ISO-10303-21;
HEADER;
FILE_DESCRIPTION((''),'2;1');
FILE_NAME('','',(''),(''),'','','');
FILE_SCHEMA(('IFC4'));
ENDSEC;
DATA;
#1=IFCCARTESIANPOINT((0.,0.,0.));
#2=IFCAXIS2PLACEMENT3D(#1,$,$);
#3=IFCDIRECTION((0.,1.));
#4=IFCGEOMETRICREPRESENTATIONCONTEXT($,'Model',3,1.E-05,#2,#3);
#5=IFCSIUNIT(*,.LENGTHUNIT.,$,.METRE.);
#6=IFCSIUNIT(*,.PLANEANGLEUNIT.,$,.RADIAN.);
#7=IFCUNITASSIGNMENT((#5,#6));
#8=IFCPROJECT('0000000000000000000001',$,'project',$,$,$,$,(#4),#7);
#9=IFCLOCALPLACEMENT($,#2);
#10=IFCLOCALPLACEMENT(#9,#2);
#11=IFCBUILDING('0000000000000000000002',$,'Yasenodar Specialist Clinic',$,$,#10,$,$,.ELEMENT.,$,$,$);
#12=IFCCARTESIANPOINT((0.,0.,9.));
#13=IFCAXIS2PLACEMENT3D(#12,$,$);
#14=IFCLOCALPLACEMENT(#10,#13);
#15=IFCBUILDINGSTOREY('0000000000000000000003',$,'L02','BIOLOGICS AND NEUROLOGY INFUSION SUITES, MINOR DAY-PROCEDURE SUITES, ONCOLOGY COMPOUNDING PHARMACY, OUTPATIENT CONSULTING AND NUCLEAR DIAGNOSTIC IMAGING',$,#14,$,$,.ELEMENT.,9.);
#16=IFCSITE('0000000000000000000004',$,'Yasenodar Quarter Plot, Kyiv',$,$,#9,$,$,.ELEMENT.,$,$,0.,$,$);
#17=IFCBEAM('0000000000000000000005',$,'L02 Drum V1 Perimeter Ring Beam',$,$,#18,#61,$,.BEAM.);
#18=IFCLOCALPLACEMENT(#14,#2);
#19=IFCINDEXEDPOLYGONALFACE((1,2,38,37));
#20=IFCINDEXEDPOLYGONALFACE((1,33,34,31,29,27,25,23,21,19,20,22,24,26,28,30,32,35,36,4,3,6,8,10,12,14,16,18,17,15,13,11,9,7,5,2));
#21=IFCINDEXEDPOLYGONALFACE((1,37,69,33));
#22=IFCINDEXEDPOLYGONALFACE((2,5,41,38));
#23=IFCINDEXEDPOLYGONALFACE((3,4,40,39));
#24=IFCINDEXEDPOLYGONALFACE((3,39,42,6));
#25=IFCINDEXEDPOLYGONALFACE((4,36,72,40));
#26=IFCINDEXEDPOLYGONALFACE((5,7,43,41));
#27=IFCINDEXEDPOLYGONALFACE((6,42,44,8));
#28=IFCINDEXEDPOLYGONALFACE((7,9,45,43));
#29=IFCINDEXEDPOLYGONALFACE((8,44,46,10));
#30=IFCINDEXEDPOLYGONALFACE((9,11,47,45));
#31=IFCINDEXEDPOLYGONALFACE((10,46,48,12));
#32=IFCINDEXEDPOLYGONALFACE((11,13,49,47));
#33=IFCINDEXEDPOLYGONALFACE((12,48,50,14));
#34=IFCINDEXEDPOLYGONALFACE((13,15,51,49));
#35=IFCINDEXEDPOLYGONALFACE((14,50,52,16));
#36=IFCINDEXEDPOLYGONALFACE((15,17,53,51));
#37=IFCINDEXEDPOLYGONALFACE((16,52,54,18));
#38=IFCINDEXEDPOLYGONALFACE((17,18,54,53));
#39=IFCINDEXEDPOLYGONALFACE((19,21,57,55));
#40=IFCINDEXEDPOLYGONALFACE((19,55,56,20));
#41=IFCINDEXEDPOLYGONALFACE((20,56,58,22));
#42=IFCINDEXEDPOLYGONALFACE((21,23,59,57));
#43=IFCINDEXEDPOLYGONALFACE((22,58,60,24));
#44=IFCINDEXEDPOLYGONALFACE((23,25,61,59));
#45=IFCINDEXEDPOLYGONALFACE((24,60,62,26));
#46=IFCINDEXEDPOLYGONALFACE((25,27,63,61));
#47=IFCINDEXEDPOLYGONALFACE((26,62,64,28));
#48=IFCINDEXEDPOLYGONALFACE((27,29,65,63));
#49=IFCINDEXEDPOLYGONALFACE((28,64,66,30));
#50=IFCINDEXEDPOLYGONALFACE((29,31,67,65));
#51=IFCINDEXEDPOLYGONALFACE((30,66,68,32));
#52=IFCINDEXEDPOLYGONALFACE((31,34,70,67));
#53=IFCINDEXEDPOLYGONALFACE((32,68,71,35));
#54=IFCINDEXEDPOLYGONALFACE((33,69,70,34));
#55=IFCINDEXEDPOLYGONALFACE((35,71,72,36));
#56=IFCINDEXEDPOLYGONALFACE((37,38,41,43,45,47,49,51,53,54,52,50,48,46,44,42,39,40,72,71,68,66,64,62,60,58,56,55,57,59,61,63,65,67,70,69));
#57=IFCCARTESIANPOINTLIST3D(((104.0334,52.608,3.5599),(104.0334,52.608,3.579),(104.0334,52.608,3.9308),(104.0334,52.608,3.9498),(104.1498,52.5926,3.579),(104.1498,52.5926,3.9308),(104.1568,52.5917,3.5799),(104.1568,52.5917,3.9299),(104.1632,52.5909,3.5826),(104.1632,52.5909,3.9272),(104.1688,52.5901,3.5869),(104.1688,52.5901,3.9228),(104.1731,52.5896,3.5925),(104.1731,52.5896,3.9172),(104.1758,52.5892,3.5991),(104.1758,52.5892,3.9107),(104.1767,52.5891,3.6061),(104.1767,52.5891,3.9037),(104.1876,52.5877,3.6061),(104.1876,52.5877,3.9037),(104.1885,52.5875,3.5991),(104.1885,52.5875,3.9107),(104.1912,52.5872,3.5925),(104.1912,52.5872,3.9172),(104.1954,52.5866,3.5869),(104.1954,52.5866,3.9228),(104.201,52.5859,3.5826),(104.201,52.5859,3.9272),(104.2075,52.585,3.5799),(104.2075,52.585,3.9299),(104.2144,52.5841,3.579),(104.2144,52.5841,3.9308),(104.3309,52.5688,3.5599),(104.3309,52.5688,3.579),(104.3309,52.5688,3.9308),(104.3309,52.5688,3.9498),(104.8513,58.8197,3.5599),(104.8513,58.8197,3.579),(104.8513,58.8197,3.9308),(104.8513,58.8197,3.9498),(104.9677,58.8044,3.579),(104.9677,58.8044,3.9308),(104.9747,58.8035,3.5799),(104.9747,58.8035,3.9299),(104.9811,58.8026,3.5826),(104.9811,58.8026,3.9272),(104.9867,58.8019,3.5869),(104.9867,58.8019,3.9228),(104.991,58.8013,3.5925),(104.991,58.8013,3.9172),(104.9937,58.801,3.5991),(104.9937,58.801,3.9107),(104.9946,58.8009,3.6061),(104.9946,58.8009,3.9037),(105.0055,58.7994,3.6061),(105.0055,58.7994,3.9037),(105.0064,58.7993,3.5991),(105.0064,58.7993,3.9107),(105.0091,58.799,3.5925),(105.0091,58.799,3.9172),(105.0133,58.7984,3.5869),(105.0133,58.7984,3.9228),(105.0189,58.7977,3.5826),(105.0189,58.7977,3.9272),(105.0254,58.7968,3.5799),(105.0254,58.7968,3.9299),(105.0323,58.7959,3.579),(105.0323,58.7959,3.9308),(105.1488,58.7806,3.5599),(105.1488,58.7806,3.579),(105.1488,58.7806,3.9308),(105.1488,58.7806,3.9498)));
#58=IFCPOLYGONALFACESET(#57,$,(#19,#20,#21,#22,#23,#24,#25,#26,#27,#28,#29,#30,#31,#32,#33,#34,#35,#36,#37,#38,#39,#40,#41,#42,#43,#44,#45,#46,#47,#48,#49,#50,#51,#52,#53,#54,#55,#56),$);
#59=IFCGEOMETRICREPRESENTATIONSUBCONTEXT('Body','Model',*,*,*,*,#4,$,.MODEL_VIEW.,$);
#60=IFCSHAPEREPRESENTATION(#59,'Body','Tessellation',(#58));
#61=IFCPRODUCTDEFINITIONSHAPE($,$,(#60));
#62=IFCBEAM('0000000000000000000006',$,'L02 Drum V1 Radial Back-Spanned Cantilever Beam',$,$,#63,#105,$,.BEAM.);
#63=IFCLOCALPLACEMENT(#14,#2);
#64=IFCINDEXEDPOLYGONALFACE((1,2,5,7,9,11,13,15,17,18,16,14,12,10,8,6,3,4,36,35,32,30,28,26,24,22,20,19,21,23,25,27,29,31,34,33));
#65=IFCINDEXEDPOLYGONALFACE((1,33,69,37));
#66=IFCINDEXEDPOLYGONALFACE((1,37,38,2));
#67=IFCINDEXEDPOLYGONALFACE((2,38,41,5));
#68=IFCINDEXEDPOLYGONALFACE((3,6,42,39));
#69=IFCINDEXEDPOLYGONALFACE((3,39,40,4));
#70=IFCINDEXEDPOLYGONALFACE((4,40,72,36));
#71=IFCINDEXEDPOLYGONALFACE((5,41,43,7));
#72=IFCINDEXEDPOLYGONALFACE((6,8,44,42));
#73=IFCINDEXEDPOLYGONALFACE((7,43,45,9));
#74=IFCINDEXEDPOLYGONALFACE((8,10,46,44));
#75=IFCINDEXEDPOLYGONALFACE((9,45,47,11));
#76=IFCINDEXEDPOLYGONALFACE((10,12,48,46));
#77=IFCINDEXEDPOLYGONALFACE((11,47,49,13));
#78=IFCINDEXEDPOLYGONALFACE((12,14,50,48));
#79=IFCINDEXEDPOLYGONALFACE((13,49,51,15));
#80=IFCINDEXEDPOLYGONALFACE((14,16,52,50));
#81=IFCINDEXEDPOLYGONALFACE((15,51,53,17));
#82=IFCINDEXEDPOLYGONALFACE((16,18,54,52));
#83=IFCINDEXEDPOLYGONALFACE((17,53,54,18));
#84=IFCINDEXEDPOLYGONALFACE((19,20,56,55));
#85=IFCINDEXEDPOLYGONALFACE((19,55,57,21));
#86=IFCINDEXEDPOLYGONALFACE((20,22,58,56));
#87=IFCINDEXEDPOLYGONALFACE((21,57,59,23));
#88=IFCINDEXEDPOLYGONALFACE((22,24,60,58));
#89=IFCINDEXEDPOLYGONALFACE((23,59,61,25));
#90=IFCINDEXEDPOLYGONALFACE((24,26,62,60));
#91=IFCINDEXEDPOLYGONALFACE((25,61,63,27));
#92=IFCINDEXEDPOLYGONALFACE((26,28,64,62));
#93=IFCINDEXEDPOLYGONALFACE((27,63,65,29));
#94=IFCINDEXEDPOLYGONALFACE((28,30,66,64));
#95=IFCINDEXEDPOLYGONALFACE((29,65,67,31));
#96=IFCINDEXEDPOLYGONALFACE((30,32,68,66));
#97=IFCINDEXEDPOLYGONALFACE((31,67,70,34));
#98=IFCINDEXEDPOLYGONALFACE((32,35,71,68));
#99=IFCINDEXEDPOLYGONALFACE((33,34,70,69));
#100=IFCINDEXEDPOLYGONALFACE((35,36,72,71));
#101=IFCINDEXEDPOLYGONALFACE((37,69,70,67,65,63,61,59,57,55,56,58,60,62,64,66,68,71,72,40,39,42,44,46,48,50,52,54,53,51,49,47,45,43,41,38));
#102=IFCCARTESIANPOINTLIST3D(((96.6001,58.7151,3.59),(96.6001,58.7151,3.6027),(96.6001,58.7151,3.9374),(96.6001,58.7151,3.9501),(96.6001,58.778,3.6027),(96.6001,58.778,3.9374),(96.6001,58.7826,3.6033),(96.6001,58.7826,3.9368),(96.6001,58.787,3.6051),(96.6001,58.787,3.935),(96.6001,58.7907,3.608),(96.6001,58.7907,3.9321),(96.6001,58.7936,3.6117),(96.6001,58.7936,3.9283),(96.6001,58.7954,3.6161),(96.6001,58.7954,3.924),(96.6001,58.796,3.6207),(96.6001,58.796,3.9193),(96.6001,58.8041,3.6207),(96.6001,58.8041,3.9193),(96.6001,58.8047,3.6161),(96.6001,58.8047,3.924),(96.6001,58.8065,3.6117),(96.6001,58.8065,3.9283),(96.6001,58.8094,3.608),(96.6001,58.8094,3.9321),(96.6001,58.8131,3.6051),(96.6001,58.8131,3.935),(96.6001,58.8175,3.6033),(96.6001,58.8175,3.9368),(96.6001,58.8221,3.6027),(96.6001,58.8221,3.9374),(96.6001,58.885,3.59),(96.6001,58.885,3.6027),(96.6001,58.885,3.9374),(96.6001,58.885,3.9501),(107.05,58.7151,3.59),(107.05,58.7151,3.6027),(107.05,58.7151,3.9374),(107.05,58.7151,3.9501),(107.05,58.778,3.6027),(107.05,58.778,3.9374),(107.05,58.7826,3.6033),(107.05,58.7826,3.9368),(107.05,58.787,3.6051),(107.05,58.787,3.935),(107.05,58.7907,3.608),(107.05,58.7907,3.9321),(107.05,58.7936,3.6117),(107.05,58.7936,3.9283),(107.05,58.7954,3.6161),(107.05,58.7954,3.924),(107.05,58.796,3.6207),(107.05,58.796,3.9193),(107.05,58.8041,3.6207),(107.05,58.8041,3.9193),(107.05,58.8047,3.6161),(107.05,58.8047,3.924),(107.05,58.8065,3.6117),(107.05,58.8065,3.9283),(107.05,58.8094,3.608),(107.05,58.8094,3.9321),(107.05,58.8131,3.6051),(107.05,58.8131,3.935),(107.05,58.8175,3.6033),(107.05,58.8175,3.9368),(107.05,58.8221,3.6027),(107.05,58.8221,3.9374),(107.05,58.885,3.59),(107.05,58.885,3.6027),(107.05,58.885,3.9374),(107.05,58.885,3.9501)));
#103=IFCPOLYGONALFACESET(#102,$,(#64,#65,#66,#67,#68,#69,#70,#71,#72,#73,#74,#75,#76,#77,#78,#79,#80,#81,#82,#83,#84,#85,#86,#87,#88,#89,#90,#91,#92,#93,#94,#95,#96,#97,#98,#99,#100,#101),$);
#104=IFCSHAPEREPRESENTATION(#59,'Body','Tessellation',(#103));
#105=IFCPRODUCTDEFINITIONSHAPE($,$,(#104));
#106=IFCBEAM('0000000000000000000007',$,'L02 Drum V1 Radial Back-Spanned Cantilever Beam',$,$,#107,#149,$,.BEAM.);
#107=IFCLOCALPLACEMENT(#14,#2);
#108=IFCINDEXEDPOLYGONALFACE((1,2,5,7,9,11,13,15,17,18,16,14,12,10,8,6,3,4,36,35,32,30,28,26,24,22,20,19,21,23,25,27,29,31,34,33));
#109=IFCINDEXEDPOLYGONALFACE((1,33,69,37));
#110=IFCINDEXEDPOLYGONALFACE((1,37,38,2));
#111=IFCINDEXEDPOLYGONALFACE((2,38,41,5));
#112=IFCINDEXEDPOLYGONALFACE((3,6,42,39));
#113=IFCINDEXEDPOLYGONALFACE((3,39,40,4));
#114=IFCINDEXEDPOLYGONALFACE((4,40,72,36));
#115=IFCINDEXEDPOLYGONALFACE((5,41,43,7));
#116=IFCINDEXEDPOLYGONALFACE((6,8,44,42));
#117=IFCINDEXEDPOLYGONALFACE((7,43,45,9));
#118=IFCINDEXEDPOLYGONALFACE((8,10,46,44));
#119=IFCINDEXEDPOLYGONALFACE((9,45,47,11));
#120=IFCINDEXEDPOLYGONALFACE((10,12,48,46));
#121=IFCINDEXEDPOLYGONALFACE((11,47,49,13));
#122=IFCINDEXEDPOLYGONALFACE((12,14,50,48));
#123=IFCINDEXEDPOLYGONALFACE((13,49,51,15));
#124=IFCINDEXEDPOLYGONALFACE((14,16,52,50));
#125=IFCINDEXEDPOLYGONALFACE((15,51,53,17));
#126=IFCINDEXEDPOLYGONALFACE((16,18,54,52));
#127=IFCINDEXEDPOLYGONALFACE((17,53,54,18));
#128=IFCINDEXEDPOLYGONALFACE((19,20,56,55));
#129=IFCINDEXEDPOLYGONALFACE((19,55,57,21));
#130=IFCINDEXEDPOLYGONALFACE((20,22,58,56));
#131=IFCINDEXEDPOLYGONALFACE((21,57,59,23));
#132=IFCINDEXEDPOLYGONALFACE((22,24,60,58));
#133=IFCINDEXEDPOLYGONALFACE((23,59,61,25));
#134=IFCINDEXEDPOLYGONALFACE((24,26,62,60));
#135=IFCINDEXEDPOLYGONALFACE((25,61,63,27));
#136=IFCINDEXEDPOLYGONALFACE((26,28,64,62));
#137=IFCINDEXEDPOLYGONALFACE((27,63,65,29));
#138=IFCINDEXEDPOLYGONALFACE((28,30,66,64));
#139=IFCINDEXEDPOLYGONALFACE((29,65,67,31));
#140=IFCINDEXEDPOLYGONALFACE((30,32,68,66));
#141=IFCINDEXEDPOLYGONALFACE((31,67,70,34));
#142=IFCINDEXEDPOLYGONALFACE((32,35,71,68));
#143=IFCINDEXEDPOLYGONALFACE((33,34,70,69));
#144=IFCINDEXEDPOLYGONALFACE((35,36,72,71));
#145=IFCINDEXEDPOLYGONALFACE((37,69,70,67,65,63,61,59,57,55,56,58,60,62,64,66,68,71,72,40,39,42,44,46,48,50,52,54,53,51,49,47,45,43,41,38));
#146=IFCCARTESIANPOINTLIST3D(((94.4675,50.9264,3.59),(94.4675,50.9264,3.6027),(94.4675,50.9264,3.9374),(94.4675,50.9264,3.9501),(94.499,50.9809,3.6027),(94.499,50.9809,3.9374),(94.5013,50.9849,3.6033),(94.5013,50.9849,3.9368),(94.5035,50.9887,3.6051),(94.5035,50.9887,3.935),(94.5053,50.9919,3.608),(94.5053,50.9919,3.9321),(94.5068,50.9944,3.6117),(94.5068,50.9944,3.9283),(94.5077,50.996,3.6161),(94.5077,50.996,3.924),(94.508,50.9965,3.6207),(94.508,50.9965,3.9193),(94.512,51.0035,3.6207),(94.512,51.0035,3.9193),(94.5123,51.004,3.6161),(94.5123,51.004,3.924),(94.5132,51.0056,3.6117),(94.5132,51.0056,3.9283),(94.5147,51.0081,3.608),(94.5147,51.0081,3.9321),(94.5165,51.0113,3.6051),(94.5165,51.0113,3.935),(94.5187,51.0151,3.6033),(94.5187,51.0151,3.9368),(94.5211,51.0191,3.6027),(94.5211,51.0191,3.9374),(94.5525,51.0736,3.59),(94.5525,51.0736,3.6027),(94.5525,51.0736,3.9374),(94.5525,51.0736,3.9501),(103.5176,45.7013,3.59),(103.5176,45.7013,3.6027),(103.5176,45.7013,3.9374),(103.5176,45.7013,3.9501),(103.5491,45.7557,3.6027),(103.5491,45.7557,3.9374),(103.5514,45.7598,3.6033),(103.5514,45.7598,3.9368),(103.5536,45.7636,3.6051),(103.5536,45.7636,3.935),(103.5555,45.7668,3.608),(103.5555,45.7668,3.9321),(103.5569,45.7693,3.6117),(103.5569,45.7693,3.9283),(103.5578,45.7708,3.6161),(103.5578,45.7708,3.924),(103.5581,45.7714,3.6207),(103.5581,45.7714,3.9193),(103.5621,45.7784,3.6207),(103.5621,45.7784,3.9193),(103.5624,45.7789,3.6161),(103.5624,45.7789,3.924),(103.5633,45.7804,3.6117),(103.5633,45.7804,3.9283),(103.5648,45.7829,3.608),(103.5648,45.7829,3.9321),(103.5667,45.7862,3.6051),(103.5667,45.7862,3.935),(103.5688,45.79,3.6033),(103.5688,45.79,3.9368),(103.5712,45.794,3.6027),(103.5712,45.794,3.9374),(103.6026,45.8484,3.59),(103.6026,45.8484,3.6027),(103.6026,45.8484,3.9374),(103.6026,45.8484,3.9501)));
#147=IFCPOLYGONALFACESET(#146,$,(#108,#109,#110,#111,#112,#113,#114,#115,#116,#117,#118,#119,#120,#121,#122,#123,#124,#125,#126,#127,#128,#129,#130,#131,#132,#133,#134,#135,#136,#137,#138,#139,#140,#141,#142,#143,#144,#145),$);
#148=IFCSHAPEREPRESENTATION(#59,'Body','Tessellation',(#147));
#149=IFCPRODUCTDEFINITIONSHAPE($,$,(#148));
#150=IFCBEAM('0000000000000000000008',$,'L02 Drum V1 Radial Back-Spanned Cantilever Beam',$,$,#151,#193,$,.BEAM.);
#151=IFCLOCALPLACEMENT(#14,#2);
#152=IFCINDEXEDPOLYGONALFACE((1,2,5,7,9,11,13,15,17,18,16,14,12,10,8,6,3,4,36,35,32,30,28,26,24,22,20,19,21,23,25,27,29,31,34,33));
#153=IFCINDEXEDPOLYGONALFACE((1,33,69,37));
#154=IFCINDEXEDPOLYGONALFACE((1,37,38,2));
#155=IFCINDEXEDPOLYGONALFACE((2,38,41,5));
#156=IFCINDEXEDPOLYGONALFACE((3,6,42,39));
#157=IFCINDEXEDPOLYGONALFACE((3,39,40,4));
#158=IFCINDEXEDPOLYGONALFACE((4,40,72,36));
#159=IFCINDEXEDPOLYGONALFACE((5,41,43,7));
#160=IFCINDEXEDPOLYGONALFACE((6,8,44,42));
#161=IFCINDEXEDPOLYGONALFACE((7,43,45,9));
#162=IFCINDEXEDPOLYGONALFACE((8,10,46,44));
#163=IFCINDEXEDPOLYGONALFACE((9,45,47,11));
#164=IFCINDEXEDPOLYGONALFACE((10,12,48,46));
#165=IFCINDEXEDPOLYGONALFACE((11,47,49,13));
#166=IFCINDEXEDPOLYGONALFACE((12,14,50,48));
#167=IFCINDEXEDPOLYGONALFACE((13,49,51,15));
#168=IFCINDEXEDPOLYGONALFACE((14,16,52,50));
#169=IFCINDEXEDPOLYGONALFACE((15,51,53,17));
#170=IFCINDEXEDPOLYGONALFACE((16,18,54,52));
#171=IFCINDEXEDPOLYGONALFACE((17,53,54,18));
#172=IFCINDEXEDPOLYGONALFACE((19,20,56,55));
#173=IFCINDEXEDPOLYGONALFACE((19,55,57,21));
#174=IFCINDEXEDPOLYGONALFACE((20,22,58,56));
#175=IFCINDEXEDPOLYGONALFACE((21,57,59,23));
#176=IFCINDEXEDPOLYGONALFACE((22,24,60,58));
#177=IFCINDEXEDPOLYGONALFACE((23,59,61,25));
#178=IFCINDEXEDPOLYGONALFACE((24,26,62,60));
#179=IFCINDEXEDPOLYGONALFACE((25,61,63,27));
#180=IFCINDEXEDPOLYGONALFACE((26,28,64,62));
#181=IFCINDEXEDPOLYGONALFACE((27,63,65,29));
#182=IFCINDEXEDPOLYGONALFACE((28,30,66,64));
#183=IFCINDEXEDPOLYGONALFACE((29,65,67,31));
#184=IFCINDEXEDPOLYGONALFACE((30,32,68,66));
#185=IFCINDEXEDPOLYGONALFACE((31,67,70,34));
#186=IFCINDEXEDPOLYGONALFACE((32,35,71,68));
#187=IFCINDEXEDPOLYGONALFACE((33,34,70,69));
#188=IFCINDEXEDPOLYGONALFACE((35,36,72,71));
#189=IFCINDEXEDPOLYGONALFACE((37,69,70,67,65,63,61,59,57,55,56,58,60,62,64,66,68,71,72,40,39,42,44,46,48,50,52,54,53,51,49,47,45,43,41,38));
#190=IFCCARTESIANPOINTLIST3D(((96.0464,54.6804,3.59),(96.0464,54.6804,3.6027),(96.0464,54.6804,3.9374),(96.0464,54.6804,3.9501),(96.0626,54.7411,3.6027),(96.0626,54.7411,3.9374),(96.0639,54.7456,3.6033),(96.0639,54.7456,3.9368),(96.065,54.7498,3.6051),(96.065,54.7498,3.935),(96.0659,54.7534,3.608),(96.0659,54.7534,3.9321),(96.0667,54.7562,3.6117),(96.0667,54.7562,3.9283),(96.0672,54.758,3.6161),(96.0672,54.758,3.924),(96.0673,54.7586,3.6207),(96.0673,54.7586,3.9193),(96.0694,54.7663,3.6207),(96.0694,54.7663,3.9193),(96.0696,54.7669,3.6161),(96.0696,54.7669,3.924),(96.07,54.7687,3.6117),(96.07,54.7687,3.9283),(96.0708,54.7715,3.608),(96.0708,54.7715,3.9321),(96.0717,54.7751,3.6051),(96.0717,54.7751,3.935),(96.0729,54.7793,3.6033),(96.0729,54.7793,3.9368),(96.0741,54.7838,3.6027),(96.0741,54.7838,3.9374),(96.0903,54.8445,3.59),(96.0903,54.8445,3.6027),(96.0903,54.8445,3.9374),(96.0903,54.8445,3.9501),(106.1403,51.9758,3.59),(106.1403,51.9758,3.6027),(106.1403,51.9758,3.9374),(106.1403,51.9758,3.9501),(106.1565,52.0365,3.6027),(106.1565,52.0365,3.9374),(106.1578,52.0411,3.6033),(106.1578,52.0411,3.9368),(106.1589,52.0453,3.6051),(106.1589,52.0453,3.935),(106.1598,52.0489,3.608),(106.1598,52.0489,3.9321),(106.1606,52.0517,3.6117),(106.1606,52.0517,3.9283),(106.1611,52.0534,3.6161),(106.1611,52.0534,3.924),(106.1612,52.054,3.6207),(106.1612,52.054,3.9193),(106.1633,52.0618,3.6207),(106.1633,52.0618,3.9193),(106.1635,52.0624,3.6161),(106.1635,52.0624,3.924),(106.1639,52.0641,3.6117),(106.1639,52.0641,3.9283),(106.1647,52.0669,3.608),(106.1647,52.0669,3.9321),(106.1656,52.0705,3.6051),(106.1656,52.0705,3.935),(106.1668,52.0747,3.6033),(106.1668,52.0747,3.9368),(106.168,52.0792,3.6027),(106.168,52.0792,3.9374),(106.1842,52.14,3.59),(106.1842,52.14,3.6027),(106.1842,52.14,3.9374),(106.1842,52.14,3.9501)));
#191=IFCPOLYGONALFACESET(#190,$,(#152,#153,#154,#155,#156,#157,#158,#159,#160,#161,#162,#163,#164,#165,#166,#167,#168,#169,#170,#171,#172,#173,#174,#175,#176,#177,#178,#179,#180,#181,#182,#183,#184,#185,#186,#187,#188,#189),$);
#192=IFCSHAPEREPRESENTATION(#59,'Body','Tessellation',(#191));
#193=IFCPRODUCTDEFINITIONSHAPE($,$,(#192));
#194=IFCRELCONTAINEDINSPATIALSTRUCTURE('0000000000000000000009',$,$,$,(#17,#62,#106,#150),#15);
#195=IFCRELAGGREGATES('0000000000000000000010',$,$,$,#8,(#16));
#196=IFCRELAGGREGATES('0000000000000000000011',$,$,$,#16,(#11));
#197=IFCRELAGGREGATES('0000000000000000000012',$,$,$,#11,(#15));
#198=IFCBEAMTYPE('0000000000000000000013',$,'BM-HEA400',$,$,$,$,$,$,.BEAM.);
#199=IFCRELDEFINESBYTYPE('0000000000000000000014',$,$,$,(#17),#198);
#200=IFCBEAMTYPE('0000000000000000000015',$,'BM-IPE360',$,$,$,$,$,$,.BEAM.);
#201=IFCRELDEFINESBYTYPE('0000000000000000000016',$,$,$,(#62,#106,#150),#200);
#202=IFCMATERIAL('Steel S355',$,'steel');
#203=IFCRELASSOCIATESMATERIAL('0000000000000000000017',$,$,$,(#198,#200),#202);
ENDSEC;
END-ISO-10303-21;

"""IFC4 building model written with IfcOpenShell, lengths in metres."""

from ifc_helpers import new_model, si_unit, direction, frame, origin, origin_2d, place, context, subcontext, project, spatial, i_section, extrude, material, material_profile, profile_set, type_object, element, save


model = new_model("IFC4")

# Units and contexts
model_context = context("Model", 3, precision=1e-05, world=origin(), true_north=direction((0.0, 1.0)))
body_context = subcontext(model_context, "Body", "Model", "MODEL_VIEW")
ifc_project = project(units=[si_unit("LENGTHUNIT", "METRE"), si_unit("PLANEANGLEUNIT", "RADIAN")], contexts=[model_context])

# Site, building, storey
site_placement = place(None, origin())
site = spatial("IfcSite", under=ifc_project, at=site_placement, Name="Yasenodar Quarter Plot, Kyiv", CompositionType="ELEMENT", RefElevation=0.0)
building_placement = place(site_placement, origin())
building = spatial("IfcBuilding", under=site, at=building_placement, Name="Yasenodar Specialist Clinic", CompositionType="ELEMENT")
storey_placement = place(building_placement, frame((0.0, 0.0, 9.0)))
storey = spatial("IfcBuildingStorey", under=building, at=storey_placement, Name="L02", Description="BIOLOGICS AND NEUROLOGY INFUSION SUITES, MINOR DAY-PROCEDURE SUITES, ONCOLOGY COMPOUNDING PHARMACY, OUTPATIENT CONSULTING AND NUCLEAR DIAGNOSTIC IMAGING", CompositionType="ELEMENT", Elevation=9.0)

# Shared definitions
ifc_material_1 = material(Name="Steel S355", Category="steel")

# Beams
ifc_material_profile_1 = material_profile(ifc_material_1, i_section(OverallWidth=0.3, OverallDepth=0.3899, WebThickness=0.011, FlangeThickness=0.019, FilletRadius=0.0271, at=origin_2d()), Name="HEA 400")
ifc_profile_set_1 = profile_set([ifc_material_profile_1], Name="Steel S355")
beam_type_1 = type_object("IfcBeamType", Name="BM-HEA400", PredefinedType="BEAM", material=ifc_profile_set_1)
beam_1_placement = place(storey_placement, frame((104.1821, 52.5884, 3.7549), z_axis=(0.13054, 0.991443, 0.0), x_axis=(-0.991443, 0.13054, 0.0)))
element("IfcBeam", 1, at=beam_1_placement, inside=storey, type_object=beam_type_1, Name="L02 Drum V1 Perimeter Ring Beam", PredefinedType="BEAM", context=body_context, shape_type="SweptSolid", body=[
    extrude(i_section(OverallWidth=0.3, OverallDepth=0.3899, WebThickness=0.011, FlangeThickness=0.019, FilletRadius=0.0271, at=origin_2d()), origin(), (0.0, 0.0, 1.0), 6.2654),
])
ifc_material_profile_2 = material_profile(ifc_material_1, i_section(OverallWidth=0.1699, OverallDepth=0.3601, WebThickness=0.0081, FlangeThickness=0.0127, FilletRadius=0.0181, at=origin_2d()), Name="IPE 360")
ifc_profile_set_2 = profile_set([ifc_material_profile_2], Name="Steel S355")
beam_type_2 = type_object("IfcBeamType", Name="BM-IPE360", PredefinedType="BEAM", material=ifc_profile_set_2)
beam_2_placement = place(storey_placement, frame((96.6001, 58.8, 3.77), z_axis=(1.0, 0.0, 0.0), x_axis=(0.0, 1.0, 0.0)))
element("IfcBeam", 2, at=beam_2_placement, inside=storey, type_object=beam_type_2, Name="L02 Drum V1 Radial Back-Spanned Cantilever Beam", PredefinedType="BEAM", context=body_context, shape_type="SweptSolid", body=[
    extrude(i_section(OverallWidth=0.1699, OverallDepth=0.3601, WebThickness=0.0081, FlangeThickness=0.0127, FilletRadius=0.0181, at=origin_2d()), origin(), (0.0, 0.0, 1.0), 10.45),
])
beam_3_placement = place(storey_placement, frame((94.51, 51.0, 3.77), z_axis=(0.866023, -0.500004, 0.0), x_axis=(0.500004, 0.866023, 0.0)))
element("IfcBeam", 3, at=beam_3_placement, inside=storey, type_object=beam_type_2, Name="L02 Drum V1 Radial Back-Spanned Cantilever Beam", PredefinedType="BEAM", context=body_context, shape_type="SweptSolid", body=[
    extrude(i_section(OverallWidth=0.1699, OverallDepth=0.3601, WebThickness=0.0081, FlangeThickness=0.0127, FilletRadius=0.0181, at=origin_2d()), origin(), (0.0, 0.0, 1.0), 10.4502),
])
beam_4_placement = place(storey_placement, frame((96.0684, 54.7625, 3.77), z_axis=(0.965928, -0.258811, 0.0), x_axis=(0.258811, 0.965928, 0.0)))
element("IfcBeam", 4, at=beam_4_placement, inside=storey, type_object=beam_type_2, Name="L02 Drum V1 Radial Back-Spanned Cantilever Beam", PredefinedType="BEAM", context=body_context, shape_type="SweptSolid", body=[
    extrude(i_section(OverallWidth=0.1699, OverallDepth=0.3601, WebThickness=0.0081, FlangeThickness=0.0127, FilletRadius=0.0181, at=origin_2d()), origin(), (0.0, 0.0, 1.0), 10.45),
])

save(model, "model.ifc")
